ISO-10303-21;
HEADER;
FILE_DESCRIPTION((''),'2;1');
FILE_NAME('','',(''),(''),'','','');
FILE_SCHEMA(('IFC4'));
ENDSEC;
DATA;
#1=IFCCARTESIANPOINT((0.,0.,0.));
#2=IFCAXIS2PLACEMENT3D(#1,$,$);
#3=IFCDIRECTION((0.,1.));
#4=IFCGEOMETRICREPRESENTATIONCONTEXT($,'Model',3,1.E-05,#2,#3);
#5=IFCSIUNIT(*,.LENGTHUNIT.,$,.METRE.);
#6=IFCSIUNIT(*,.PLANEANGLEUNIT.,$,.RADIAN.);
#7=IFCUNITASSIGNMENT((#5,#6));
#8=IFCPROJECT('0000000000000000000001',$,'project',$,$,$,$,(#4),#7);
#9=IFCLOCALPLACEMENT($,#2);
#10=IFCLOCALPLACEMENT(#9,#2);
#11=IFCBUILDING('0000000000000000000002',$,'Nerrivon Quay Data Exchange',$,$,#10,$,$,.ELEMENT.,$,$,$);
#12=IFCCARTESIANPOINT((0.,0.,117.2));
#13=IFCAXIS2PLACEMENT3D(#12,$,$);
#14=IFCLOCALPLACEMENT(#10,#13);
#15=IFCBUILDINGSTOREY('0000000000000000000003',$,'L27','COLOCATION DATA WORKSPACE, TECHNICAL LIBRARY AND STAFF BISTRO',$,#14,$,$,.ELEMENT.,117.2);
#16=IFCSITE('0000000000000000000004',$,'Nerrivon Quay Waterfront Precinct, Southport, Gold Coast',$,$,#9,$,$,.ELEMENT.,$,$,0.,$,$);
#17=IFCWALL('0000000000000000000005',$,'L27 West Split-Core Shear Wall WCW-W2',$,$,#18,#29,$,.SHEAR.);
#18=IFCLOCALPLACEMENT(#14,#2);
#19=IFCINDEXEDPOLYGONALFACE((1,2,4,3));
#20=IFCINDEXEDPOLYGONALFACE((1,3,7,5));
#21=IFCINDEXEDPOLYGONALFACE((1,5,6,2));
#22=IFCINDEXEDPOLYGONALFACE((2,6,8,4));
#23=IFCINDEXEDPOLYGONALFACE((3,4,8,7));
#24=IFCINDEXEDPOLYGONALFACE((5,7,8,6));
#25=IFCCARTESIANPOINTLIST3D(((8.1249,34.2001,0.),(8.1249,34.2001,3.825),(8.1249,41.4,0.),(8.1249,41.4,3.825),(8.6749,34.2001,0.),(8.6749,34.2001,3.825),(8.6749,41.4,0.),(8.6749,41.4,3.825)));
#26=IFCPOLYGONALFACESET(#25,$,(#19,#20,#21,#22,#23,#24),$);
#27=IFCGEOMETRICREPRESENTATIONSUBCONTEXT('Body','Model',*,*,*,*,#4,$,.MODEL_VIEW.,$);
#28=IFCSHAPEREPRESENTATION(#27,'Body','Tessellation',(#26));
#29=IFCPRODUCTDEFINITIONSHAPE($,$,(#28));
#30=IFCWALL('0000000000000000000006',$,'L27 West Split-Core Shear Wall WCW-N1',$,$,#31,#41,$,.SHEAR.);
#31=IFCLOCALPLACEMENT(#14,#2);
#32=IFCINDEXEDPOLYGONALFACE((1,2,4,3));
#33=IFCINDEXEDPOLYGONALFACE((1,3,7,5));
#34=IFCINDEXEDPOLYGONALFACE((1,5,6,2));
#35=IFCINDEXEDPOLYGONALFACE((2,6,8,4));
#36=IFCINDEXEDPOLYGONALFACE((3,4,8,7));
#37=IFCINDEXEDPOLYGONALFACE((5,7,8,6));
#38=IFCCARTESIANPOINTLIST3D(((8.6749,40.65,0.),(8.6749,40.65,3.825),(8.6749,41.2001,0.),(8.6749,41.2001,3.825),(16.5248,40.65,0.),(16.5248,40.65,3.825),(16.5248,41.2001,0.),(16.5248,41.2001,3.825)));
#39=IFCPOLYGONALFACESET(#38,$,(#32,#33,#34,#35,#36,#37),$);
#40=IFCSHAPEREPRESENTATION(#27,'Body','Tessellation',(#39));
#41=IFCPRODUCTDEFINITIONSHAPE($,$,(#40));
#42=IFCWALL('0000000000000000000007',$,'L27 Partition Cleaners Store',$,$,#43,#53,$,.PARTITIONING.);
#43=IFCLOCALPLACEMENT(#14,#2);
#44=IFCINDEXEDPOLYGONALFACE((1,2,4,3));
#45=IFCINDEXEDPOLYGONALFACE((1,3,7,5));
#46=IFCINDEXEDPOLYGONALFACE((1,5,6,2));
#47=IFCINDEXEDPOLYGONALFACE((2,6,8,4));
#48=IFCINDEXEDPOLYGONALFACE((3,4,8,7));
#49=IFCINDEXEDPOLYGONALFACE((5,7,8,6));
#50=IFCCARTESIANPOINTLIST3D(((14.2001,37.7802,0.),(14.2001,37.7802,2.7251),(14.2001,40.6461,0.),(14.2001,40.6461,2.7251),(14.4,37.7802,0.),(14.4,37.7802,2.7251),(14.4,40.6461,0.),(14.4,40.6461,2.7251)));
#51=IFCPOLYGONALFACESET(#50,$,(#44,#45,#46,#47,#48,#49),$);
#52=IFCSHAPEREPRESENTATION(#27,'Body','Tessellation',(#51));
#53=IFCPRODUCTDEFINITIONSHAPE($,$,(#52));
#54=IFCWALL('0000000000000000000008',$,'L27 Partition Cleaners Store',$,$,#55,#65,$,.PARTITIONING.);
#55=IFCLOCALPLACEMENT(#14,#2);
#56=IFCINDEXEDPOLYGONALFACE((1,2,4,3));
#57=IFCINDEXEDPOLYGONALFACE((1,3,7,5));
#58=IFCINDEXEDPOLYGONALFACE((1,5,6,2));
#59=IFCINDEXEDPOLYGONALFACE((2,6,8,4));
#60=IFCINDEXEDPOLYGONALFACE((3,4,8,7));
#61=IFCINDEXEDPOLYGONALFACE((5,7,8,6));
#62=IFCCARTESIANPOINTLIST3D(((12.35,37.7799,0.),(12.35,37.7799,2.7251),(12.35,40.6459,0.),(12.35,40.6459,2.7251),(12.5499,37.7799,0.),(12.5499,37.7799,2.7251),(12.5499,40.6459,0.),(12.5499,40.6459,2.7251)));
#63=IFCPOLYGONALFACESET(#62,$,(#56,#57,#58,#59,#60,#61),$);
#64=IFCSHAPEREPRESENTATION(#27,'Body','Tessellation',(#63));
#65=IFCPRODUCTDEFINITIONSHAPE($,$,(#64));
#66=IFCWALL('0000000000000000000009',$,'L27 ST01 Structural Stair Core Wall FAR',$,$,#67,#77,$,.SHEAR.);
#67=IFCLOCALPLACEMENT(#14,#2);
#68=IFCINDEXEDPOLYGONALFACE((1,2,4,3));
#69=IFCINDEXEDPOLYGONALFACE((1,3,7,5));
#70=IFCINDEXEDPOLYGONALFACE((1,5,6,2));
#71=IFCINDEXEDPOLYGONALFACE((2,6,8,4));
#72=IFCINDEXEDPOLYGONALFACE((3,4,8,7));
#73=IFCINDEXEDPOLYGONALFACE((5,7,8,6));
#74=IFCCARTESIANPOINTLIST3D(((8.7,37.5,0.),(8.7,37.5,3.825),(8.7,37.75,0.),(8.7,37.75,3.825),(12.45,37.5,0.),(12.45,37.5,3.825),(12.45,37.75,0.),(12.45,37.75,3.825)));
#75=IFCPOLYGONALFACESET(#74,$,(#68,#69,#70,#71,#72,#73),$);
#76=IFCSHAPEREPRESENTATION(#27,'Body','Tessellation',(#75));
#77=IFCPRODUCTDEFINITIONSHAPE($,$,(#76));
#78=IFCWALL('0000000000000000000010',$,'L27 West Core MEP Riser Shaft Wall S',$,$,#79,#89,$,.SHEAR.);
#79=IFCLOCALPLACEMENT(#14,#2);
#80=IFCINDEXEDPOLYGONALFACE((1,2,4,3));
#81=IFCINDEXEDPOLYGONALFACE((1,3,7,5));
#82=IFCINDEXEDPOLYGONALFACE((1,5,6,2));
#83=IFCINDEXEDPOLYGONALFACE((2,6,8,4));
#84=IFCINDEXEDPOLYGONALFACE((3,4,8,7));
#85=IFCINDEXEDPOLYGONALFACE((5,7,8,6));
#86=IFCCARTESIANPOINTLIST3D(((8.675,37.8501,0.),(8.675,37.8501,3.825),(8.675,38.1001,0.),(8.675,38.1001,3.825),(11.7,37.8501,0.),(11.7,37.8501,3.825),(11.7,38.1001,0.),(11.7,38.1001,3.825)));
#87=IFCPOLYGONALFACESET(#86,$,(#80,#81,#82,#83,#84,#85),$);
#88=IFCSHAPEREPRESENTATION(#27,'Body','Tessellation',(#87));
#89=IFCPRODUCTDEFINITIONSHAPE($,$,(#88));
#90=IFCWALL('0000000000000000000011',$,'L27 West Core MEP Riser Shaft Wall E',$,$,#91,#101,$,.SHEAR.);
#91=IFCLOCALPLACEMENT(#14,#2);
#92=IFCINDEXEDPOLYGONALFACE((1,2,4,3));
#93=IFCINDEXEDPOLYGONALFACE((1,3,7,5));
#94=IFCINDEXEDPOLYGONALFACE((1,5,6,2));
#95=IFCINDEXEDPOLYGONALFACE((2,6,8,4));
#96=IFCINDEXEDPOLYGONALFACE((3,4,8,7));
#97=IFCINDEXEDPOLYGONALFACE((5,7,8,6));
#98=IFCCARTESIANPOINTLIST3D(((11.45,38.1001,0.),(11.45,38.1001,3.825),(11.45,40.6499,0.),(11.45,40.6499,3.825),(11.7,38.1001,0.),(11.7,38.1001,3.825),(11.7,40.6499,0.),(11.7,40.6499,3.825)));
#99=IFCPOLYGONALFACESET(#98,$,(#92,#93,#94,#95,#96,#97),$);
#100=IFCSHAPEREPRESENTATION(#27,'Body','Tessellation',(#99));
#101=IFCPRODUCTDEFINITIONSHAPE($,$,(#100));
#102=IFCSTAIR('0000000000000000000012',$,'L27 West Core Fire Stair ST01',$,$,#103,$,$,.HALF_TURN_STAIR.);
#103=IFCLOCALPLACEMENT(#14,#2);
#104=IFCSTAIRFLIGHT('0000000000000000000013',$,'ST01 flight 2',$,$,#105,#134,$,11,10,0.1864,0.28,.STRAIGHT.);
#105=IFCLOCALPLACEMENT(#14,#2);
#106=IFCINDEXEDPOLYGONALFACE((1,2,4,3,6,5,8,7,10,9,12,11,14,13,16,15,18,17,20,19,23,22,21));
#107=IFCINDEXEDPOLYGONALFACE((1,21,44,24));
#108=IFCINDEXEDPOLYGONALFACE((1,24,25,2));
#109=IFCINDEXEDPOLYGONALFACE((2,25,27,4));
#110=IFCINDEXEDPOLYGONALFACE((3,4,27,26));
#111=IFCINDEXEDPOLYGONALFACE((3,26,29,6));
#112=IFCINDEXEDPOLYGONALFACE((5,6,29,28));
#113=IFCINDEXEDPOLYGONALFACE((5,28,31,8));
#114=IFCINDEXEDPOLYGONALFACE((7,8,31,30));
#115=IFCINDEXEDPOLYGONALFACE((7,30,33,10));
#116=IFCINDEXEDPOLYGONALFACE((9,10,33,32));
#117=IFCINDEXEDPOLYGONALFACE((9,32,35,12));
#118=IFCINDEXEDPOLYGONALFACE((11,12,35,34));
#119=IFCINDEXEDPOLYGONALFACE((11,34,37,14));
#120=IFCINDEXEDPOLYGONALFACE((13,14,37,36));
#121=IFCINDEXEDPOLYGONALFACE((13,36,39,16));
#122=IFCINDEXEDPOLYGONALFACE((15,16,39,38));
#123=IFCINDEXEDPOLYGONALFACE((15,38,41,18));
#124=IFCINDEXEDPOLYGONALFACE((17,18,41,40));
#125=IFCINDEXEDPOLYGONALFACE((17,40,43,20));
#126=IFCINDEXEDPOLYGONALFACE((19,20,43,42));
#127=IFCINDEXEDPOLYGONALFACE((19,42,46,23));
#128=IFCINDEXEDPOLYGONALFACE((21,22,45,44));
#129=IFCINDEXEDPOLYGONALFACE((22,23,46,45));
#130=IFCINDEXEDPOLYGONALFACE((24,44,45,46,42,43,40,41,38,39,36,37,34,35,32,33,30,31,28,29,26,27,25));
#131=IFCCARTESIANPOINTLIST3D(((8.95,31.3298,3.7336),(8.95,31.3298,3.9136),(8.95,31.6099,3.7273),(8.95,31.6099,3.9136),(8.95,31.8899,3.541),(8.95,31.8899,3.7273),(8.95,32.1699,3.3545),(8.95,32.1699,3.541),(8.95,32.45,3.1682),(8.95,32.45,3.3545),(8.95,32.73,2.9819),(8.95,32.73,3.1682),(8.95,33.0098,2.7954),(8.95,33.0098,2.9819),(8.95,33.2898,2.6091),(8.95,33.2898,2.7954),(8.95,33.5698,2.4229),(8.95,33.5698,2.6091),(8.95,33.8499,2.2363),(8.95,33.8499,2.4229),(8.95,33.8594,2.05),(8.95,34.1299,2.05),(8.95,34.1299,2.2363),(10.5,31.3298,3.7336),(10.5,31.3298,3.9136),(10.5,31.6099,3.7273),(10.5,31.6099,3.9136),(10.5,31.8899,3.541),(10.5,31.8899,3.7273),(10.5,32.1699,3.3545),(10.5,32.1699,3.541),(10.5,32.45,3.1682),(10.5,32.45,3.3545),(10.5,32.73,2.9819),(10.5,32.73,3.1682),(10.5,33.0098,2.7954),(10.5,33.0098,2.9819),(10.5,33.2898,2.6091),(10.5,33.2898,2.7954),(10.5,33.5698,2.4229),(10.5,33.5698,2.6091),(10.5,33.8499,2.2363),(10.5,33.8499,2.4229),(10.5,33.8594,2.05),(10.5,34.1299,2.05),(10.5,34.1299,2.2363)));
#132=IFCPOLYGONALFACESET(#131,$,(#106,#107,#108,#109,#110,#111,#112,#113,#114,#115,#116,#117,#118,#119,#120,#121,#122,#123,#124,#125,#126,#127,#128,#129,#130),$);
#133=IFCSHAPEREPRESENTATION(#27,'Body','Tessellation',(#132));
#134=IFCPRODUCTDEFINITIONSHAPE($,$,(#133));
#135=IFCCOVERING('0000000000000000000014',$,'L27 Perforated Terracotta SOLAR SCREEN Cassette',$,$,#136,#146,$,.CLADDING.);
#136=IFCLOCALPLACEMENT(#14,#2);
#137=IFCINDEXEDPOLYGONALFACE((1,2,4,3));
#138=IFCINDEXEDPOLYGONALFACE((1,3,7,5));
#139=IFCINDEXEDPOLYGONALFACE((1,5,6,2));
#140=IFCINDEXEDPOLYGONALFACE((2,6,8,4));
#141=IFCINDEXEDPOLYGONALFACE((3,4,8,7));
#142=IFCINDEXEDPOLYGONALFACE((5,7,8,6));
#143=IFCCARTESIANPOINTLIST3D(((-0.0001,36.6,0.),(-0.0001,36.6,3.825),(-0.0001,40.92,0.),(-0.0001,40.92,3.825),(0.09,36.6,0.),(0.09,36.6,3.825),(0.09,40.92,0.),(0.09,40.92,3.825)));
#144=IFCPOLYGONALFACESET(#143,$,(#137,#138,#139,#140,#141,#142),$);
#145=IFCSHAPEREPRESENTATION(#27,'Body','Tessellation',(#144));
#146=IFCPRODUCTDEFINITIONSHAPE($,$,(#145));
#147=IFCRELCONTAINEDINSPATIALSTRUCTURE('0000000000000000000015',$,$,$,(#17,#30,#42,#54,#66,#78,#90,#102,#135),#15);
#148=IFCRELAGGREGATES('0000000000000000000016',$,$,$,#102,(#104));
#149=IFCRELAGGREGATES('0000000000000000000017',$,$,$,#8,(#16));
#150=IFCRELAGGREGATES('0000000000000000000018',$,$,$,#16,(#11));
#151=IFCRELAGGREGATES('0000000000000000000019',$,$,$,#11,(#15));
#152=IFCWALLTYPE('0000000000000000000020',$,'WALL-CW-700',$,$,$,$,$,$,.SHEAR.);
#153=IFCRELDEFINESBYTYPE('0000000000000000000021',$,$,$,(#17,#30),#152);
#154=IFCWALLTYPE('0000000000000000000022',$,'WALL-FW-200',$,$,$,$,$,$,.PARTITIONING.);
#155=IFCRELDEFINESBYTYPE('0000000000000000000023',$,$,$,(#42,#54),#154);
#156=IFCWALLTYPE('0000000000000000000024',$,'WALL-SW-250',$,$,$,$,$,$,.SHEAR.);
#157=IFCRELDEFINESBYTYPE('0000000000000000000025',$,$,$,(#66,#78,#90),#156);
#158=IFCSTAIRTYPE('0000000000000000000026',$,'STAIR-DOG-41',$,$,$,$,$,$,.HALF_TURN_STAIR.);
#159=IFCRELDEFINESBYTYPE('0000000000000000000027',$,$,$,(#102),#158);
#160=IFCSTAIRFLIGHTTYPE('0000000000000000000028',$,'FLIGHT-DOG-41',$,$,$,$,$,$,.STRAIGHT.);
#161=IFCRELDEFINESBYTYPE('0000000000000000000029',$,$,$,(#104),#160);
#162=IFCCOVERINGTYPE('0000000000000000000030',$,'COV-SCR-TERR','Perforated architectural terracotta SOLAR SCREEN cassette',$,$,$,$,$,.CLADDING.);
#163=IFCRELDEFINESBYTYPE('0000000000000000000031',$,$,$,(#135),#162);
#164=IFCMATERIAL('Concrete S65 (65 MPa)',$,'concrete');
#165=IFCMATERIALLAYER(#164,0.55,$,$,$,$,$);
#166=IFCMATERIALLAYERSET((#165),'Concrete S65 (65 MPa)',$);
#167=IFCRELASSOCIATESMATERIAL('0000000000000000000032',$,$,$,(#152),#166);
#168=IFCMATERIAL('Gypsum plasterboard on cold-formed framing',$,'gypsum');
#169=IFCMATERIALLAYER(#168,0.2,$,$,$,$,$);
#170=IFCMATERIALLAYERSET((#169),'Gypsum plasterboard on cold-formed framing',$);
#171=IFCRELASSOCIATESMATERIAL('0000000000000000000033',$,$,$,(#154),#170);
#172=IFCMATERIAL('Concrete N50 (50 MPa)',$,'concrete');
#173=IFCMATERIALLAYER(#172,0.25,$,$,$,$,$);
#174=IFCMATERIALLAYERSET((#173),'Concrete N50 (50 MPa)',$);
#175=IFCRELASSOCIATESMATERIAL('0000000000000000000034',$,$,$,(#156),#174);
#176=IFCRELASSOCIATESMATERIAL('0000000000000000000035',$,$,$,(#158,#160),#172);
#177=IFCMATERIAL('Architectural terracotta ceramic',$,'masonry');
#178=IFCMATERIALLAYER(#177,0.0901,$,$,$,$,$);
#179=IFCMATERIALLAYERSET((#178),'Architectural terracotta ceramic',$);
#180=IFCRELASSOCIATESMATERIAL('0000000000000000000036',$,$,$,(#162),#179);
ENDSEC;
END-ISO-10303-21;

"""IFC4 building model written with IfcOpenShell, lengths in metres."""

from ifc_helpers import new_model, si_unit, direction, frame, frame_2d, origin, origin_2d, place, context, subcontext, project, spatial, polyline, rectangle, outline, extrude, material, layer, layer_set, type_object, element, aggregate, save


model = new_model("IFC4")

# Units and contexts
model_context = context("Model", 3, precision=1e-05, world=origin(), true_north=direction((0.0, 1.0)))
body_context = subcontext(model_context, "Body", "Model", "MODEL_VIEW")
ifc_project = project(units=[si_unit("LENGTHUNIT", "METRE"), si_unit("PLANEANGLEUNIT", "RADIAN")], contexts=[model_context])

# Site, building, storey
site_placement = place(None, origin())
site = spatial("IfcSite", under=ifc_project, at=site_placement, Name="Nerrivon Quay Waterfront Precinct, Southport, Gold Coast", CompositionType="ELEMENT", RefElevation=0.0)
building_placement = place(site_placement, origin())
building = spatial("IfcBuilding", under=site, at=building_placement, Name="Nerrivon Quay Data Exchange", CompositionType="ELEMENT")
storey_placement = place(building_placement, frame((0.0, 0.0, 117.2)))
storey = spatial("IfcBuildingStorey", under=building, at=storey_placement, Name="L27", Description="COLOCATION DATA WORKSPACE, TECHNICAL LIBRARY AND STAFF BISTRO", CompositionType="ELEMENT", Elevation=117.2)

# Shared definitions
ifc_material_1 = material(Name="Concrete S65 (65 MPa)", Category="concrete")

# Walls
ifc_layer_1 = layer(ifc_material_1, 0.55)
ifc_layer_set_1 = layer_set([ifc_layer_1], Name="Concrete S65 (65 MPa)")
wall_type_1 = type_object("IfcWallType", Name="WALL-CW-700", PredefinedType="SHEAR", material=ifc_layer_set_1)
wall_1_placement = place(storey_placement, frame((8.3999, 34.2, 0.0), z_axis=(0.0, 0.0, 1.0), x_axis=(0.0, 1.0, 0.0)))
element("IfcWall", 1, at=wall_1_placement, inside=storey, type_object=wall_type_1, Name="L27 West Split-Core Shear Wall WCW-W2", PredefinedType="SHEAR", context=body_context, shape_type="SweptSolid", body=[
    extrude(rectangle(XDim=7.2, YDim=0.55, at=frame_2d((3.6001, 0.0))), origin(), (0.0, 0.0, 1.0), 3.825),
])
wall_2_placement = place(storey_placement, frame((8.675, 40.925, 0.0), z_axis=(0.0, 0.0, 1.0), x_axis=(1.0, 0.0, 0.0)))
element("IfcWall", 2, at=wall_2_placement, inside=storey, type_object=wall_type_1, Name="L27 West Split-Core Shear Wall WCW-N1", PredefinedType="SHEAR", context=body_context, shape_type="SweptSolid", body=[
    extrude(rectangle(XDim=7.8499, YDim=0.55, at=frame_2d((3.9248, 0.0))), origin(), (0.0, 0.0, 1.0), 3.825),
])
ifc_material_2 = material(Name="Gypsum plasterboard on cold-formed framing", Category="gypsum")
ifc_layer_2 = layer(ifc_material_2, 0.2)
ifc_layer_set_2 = layer_set([ifc_layer_2], Name="Gypsum plasterboard on cold-formed framing")
wall_type_2 = type_object("IfcWallType", Name="WALL-FW-200", PredefinedType="PARTITIONING", material=ifc_layer_set_2)
for number, where, z_axis, x_axis, name in (
    (3, (14.3, 37.78, 0.0), (0.0, 0.0, 1.0), (0.0, 1.0, 0.0), "L27 Partition Cleaners Store"),
    (4, (12.45, 40.646, 0.0), (0.0, 0.0, 1.0), (0.0, -1.0, 0.0), "L27 Partition Cleaners Store"),
):
    element("IfcWall", number, at=place(storey_placement, frame(where, z_axis=z_axis, x_axis=x_axis)), inside=storey, type_object=wall_type_2, Name=name, PredefinedType="PARTITIONING", context=body_context, shape_type="SweptSolid", body=[
        extrude(rectangle(XDim=2.866, YDim=0.2, at=frame_2d((1.4331, 0.0))), origin(), (0.0, 0.0, 1.0), 2.7251),
    ])
ifc_material_3 = material(Name="Concrete N50 (50 MPa)", Category="concrete")
ifc_layer_3 = layer(ifc_material_3, 0.25)
ifc_layer_set_3 = layer_set([ifc_layer_3], Name="Concrete N50 (50 MPa)")
wall_type_3 = type_object("IfcWallType", Name="WALL-SW-250", PredefinedType="SHEAR", material=ifc_layer_set_3)
wall_3_placement = place(storey_placement, frame((12.45, 37.625, 0.0), z_axis=(0.0, 0.0, 1.0), x_axis=(-1.0, 0.0, 0.0)))
element("IfcWall", 5, at=wall_3_placement, inside=storey, type_object=wall_type_3, Name="L27 ST01 Structural Stair Core Wall FAR", PredefinedType="SHEAR", context=body_context, shape_type="SweptSolid", body=[
    extrude(rectangle(XDim=3.75, YDim=0.25, at=frame_2d((1.875, 0.0))), origin(), (0.0, 0.0, 1.0), 3.825),
])
wall_4_placement = place(storey_placement, frame((8.675, 37.9751, 0.0), z_axis=(0.0, 0.0, 1.0), x_axis=(1.0, 0.0, 0.0)))
element("IfcWall", 6, at=wall_4_placement, inside=storey, type_object=wall_type_3, Name="L27 West Core MEP Riser Shaft Wall S", PredefinedType="SHEAR", context=body_context, shape_type="SweptSolid", body=[
    extrude(rectangle(XDim=3.0249, YDim=0.25, at=frame_2d((1.5125, 0.0))), origin(), (0.0, 0.0, 1.0), 3.825),
])
wall_5_placement = place(storey_placement, frame((11.575, 38.1001, 0.0), z_axis=(0.0, 0.0, 1.0), x_axis=(0.0, 1.0, 0.0)))
element("IfcWall", 7, at=wall_5_placement, inside=storey, type_object=wall_type_3, Name="L27 West Core MEP Riser Shaft Wall E", PredefinedType="SHEAR", context=body_context, shape_type="SweptSolid", body=[
    extrude(rectangle(XDim=2.5498, YDim=0.25, at=frame_2d((1.2749, 0.0))), origin(), (0.0, 0.0, 1.0), 3.825),
])

# Stair, stair flight
stair_type = type_object("IfcStairType", Name="STAIR-DOG-41", PredefinedType="HALF_TURN_STAIR", material=ifc_material_3)
stair_placement = place(storey_placement, origin())
stair = element("IfcStair", 8, at=stair_placement, inside=storey, type_object=stair_type, Name="L27 West Core Fire Stair ST01", PredefinedType="HALF_TURN_STAIR")
stair_flight_type = type_object("IfcStairFlightType", Name="FLIGHT-DOG-41", PredefinedType="STRAIGHT", material=ifc_material_3)
stair_flight_placement = place(storey_placement, frame((9.7251, 34.1299, 2.05), z_axis=(0.0, 0.0, 1.0), x_axis=(0.0, -1.0, 0.0)))
stair_flight = element("IfcStairFlight", 9, at=stair_flight_placement, type_object=stair_flight_type, Name="ST01 flight 2", NumberOfRisers=11, NumberOfTreads=10, PredefinedType="STRAIGHT", RiserHeight=0.1864, TreadLength=0.28, context=body_context, shape_type="SweptSolid", body=[
    extrude(outline(polyline([(0.0, 0.0), (0.0, 0.1863), (0.28, 0.1863), (0.28, 0.3728), (0.5601, 0.3728), (0.5601, 0.5591), (0.8401, 0.5591), (0.8401, 0.7454), (1.1201, 0.7454), (1.1201, 0.9319), (1.3999, 0.9319), (1.3999, 1.1182), (1.6799, 1.1182), (1.6799, 1.3044), (1.96, 1.3044), (1.96, 1.491), (2.24, 1.491), (2.24, 1.6772), (2.52, 1.6772), (2.52, 1.8635), (2.8, 1.8635), (2.8, 2.05), (2.8, 1.6836), (0.2705, 0.0), (0.0, 0.0)])), frame((0.0, 0.7749, 0.0), z_axis=(0.0, -1.0, 0.0), x_axis=(1.0, 0.0, 0.0)), (0.0, 0.0, 1.0), 1.55),
])
aggregate(stair, [stair_flight])

# Covering
ifc_material_4 = material(Name="Architectural terracotta ceramic", Category="masonry")
ifc_layer_4 = layer(ifc_material_4, 0.0901)
ifc_layer_set_4 = layer_set([ifc_layer_4], Name="Architectural terracotta ceramic")
covering_type = type_object("IfcCoveringType", Name="COV-SCR-TERR", Description="Perforated architectural terracotta SOLAR SCREEN cassette", PredefinedType="CLADDING", material=ifc_layer_set_4)
covering_placement = place(storey_placement, frame((0.0449, 38.76, 0.0), z_axis=(0.0, 0.0, 1.0), x_axis=(0.0, 1.0, 0.0)))
element("IfcCovering", 10, at=covering_placement, inside=storey, type_object=covering_type, Name="L27 Perforated Terracotta SOLAR SCREEN Cassette", PredefinedType="CLADDING", context=body_context, shape_type="SweptSolid", body=[
    extrude(rectangle(XDim=4.3201, YDim=0.0901, at=origin_2d()), origin(), (0.0, 0.0, 1.0), 3.825),
])

save(model, "model.ifc")
